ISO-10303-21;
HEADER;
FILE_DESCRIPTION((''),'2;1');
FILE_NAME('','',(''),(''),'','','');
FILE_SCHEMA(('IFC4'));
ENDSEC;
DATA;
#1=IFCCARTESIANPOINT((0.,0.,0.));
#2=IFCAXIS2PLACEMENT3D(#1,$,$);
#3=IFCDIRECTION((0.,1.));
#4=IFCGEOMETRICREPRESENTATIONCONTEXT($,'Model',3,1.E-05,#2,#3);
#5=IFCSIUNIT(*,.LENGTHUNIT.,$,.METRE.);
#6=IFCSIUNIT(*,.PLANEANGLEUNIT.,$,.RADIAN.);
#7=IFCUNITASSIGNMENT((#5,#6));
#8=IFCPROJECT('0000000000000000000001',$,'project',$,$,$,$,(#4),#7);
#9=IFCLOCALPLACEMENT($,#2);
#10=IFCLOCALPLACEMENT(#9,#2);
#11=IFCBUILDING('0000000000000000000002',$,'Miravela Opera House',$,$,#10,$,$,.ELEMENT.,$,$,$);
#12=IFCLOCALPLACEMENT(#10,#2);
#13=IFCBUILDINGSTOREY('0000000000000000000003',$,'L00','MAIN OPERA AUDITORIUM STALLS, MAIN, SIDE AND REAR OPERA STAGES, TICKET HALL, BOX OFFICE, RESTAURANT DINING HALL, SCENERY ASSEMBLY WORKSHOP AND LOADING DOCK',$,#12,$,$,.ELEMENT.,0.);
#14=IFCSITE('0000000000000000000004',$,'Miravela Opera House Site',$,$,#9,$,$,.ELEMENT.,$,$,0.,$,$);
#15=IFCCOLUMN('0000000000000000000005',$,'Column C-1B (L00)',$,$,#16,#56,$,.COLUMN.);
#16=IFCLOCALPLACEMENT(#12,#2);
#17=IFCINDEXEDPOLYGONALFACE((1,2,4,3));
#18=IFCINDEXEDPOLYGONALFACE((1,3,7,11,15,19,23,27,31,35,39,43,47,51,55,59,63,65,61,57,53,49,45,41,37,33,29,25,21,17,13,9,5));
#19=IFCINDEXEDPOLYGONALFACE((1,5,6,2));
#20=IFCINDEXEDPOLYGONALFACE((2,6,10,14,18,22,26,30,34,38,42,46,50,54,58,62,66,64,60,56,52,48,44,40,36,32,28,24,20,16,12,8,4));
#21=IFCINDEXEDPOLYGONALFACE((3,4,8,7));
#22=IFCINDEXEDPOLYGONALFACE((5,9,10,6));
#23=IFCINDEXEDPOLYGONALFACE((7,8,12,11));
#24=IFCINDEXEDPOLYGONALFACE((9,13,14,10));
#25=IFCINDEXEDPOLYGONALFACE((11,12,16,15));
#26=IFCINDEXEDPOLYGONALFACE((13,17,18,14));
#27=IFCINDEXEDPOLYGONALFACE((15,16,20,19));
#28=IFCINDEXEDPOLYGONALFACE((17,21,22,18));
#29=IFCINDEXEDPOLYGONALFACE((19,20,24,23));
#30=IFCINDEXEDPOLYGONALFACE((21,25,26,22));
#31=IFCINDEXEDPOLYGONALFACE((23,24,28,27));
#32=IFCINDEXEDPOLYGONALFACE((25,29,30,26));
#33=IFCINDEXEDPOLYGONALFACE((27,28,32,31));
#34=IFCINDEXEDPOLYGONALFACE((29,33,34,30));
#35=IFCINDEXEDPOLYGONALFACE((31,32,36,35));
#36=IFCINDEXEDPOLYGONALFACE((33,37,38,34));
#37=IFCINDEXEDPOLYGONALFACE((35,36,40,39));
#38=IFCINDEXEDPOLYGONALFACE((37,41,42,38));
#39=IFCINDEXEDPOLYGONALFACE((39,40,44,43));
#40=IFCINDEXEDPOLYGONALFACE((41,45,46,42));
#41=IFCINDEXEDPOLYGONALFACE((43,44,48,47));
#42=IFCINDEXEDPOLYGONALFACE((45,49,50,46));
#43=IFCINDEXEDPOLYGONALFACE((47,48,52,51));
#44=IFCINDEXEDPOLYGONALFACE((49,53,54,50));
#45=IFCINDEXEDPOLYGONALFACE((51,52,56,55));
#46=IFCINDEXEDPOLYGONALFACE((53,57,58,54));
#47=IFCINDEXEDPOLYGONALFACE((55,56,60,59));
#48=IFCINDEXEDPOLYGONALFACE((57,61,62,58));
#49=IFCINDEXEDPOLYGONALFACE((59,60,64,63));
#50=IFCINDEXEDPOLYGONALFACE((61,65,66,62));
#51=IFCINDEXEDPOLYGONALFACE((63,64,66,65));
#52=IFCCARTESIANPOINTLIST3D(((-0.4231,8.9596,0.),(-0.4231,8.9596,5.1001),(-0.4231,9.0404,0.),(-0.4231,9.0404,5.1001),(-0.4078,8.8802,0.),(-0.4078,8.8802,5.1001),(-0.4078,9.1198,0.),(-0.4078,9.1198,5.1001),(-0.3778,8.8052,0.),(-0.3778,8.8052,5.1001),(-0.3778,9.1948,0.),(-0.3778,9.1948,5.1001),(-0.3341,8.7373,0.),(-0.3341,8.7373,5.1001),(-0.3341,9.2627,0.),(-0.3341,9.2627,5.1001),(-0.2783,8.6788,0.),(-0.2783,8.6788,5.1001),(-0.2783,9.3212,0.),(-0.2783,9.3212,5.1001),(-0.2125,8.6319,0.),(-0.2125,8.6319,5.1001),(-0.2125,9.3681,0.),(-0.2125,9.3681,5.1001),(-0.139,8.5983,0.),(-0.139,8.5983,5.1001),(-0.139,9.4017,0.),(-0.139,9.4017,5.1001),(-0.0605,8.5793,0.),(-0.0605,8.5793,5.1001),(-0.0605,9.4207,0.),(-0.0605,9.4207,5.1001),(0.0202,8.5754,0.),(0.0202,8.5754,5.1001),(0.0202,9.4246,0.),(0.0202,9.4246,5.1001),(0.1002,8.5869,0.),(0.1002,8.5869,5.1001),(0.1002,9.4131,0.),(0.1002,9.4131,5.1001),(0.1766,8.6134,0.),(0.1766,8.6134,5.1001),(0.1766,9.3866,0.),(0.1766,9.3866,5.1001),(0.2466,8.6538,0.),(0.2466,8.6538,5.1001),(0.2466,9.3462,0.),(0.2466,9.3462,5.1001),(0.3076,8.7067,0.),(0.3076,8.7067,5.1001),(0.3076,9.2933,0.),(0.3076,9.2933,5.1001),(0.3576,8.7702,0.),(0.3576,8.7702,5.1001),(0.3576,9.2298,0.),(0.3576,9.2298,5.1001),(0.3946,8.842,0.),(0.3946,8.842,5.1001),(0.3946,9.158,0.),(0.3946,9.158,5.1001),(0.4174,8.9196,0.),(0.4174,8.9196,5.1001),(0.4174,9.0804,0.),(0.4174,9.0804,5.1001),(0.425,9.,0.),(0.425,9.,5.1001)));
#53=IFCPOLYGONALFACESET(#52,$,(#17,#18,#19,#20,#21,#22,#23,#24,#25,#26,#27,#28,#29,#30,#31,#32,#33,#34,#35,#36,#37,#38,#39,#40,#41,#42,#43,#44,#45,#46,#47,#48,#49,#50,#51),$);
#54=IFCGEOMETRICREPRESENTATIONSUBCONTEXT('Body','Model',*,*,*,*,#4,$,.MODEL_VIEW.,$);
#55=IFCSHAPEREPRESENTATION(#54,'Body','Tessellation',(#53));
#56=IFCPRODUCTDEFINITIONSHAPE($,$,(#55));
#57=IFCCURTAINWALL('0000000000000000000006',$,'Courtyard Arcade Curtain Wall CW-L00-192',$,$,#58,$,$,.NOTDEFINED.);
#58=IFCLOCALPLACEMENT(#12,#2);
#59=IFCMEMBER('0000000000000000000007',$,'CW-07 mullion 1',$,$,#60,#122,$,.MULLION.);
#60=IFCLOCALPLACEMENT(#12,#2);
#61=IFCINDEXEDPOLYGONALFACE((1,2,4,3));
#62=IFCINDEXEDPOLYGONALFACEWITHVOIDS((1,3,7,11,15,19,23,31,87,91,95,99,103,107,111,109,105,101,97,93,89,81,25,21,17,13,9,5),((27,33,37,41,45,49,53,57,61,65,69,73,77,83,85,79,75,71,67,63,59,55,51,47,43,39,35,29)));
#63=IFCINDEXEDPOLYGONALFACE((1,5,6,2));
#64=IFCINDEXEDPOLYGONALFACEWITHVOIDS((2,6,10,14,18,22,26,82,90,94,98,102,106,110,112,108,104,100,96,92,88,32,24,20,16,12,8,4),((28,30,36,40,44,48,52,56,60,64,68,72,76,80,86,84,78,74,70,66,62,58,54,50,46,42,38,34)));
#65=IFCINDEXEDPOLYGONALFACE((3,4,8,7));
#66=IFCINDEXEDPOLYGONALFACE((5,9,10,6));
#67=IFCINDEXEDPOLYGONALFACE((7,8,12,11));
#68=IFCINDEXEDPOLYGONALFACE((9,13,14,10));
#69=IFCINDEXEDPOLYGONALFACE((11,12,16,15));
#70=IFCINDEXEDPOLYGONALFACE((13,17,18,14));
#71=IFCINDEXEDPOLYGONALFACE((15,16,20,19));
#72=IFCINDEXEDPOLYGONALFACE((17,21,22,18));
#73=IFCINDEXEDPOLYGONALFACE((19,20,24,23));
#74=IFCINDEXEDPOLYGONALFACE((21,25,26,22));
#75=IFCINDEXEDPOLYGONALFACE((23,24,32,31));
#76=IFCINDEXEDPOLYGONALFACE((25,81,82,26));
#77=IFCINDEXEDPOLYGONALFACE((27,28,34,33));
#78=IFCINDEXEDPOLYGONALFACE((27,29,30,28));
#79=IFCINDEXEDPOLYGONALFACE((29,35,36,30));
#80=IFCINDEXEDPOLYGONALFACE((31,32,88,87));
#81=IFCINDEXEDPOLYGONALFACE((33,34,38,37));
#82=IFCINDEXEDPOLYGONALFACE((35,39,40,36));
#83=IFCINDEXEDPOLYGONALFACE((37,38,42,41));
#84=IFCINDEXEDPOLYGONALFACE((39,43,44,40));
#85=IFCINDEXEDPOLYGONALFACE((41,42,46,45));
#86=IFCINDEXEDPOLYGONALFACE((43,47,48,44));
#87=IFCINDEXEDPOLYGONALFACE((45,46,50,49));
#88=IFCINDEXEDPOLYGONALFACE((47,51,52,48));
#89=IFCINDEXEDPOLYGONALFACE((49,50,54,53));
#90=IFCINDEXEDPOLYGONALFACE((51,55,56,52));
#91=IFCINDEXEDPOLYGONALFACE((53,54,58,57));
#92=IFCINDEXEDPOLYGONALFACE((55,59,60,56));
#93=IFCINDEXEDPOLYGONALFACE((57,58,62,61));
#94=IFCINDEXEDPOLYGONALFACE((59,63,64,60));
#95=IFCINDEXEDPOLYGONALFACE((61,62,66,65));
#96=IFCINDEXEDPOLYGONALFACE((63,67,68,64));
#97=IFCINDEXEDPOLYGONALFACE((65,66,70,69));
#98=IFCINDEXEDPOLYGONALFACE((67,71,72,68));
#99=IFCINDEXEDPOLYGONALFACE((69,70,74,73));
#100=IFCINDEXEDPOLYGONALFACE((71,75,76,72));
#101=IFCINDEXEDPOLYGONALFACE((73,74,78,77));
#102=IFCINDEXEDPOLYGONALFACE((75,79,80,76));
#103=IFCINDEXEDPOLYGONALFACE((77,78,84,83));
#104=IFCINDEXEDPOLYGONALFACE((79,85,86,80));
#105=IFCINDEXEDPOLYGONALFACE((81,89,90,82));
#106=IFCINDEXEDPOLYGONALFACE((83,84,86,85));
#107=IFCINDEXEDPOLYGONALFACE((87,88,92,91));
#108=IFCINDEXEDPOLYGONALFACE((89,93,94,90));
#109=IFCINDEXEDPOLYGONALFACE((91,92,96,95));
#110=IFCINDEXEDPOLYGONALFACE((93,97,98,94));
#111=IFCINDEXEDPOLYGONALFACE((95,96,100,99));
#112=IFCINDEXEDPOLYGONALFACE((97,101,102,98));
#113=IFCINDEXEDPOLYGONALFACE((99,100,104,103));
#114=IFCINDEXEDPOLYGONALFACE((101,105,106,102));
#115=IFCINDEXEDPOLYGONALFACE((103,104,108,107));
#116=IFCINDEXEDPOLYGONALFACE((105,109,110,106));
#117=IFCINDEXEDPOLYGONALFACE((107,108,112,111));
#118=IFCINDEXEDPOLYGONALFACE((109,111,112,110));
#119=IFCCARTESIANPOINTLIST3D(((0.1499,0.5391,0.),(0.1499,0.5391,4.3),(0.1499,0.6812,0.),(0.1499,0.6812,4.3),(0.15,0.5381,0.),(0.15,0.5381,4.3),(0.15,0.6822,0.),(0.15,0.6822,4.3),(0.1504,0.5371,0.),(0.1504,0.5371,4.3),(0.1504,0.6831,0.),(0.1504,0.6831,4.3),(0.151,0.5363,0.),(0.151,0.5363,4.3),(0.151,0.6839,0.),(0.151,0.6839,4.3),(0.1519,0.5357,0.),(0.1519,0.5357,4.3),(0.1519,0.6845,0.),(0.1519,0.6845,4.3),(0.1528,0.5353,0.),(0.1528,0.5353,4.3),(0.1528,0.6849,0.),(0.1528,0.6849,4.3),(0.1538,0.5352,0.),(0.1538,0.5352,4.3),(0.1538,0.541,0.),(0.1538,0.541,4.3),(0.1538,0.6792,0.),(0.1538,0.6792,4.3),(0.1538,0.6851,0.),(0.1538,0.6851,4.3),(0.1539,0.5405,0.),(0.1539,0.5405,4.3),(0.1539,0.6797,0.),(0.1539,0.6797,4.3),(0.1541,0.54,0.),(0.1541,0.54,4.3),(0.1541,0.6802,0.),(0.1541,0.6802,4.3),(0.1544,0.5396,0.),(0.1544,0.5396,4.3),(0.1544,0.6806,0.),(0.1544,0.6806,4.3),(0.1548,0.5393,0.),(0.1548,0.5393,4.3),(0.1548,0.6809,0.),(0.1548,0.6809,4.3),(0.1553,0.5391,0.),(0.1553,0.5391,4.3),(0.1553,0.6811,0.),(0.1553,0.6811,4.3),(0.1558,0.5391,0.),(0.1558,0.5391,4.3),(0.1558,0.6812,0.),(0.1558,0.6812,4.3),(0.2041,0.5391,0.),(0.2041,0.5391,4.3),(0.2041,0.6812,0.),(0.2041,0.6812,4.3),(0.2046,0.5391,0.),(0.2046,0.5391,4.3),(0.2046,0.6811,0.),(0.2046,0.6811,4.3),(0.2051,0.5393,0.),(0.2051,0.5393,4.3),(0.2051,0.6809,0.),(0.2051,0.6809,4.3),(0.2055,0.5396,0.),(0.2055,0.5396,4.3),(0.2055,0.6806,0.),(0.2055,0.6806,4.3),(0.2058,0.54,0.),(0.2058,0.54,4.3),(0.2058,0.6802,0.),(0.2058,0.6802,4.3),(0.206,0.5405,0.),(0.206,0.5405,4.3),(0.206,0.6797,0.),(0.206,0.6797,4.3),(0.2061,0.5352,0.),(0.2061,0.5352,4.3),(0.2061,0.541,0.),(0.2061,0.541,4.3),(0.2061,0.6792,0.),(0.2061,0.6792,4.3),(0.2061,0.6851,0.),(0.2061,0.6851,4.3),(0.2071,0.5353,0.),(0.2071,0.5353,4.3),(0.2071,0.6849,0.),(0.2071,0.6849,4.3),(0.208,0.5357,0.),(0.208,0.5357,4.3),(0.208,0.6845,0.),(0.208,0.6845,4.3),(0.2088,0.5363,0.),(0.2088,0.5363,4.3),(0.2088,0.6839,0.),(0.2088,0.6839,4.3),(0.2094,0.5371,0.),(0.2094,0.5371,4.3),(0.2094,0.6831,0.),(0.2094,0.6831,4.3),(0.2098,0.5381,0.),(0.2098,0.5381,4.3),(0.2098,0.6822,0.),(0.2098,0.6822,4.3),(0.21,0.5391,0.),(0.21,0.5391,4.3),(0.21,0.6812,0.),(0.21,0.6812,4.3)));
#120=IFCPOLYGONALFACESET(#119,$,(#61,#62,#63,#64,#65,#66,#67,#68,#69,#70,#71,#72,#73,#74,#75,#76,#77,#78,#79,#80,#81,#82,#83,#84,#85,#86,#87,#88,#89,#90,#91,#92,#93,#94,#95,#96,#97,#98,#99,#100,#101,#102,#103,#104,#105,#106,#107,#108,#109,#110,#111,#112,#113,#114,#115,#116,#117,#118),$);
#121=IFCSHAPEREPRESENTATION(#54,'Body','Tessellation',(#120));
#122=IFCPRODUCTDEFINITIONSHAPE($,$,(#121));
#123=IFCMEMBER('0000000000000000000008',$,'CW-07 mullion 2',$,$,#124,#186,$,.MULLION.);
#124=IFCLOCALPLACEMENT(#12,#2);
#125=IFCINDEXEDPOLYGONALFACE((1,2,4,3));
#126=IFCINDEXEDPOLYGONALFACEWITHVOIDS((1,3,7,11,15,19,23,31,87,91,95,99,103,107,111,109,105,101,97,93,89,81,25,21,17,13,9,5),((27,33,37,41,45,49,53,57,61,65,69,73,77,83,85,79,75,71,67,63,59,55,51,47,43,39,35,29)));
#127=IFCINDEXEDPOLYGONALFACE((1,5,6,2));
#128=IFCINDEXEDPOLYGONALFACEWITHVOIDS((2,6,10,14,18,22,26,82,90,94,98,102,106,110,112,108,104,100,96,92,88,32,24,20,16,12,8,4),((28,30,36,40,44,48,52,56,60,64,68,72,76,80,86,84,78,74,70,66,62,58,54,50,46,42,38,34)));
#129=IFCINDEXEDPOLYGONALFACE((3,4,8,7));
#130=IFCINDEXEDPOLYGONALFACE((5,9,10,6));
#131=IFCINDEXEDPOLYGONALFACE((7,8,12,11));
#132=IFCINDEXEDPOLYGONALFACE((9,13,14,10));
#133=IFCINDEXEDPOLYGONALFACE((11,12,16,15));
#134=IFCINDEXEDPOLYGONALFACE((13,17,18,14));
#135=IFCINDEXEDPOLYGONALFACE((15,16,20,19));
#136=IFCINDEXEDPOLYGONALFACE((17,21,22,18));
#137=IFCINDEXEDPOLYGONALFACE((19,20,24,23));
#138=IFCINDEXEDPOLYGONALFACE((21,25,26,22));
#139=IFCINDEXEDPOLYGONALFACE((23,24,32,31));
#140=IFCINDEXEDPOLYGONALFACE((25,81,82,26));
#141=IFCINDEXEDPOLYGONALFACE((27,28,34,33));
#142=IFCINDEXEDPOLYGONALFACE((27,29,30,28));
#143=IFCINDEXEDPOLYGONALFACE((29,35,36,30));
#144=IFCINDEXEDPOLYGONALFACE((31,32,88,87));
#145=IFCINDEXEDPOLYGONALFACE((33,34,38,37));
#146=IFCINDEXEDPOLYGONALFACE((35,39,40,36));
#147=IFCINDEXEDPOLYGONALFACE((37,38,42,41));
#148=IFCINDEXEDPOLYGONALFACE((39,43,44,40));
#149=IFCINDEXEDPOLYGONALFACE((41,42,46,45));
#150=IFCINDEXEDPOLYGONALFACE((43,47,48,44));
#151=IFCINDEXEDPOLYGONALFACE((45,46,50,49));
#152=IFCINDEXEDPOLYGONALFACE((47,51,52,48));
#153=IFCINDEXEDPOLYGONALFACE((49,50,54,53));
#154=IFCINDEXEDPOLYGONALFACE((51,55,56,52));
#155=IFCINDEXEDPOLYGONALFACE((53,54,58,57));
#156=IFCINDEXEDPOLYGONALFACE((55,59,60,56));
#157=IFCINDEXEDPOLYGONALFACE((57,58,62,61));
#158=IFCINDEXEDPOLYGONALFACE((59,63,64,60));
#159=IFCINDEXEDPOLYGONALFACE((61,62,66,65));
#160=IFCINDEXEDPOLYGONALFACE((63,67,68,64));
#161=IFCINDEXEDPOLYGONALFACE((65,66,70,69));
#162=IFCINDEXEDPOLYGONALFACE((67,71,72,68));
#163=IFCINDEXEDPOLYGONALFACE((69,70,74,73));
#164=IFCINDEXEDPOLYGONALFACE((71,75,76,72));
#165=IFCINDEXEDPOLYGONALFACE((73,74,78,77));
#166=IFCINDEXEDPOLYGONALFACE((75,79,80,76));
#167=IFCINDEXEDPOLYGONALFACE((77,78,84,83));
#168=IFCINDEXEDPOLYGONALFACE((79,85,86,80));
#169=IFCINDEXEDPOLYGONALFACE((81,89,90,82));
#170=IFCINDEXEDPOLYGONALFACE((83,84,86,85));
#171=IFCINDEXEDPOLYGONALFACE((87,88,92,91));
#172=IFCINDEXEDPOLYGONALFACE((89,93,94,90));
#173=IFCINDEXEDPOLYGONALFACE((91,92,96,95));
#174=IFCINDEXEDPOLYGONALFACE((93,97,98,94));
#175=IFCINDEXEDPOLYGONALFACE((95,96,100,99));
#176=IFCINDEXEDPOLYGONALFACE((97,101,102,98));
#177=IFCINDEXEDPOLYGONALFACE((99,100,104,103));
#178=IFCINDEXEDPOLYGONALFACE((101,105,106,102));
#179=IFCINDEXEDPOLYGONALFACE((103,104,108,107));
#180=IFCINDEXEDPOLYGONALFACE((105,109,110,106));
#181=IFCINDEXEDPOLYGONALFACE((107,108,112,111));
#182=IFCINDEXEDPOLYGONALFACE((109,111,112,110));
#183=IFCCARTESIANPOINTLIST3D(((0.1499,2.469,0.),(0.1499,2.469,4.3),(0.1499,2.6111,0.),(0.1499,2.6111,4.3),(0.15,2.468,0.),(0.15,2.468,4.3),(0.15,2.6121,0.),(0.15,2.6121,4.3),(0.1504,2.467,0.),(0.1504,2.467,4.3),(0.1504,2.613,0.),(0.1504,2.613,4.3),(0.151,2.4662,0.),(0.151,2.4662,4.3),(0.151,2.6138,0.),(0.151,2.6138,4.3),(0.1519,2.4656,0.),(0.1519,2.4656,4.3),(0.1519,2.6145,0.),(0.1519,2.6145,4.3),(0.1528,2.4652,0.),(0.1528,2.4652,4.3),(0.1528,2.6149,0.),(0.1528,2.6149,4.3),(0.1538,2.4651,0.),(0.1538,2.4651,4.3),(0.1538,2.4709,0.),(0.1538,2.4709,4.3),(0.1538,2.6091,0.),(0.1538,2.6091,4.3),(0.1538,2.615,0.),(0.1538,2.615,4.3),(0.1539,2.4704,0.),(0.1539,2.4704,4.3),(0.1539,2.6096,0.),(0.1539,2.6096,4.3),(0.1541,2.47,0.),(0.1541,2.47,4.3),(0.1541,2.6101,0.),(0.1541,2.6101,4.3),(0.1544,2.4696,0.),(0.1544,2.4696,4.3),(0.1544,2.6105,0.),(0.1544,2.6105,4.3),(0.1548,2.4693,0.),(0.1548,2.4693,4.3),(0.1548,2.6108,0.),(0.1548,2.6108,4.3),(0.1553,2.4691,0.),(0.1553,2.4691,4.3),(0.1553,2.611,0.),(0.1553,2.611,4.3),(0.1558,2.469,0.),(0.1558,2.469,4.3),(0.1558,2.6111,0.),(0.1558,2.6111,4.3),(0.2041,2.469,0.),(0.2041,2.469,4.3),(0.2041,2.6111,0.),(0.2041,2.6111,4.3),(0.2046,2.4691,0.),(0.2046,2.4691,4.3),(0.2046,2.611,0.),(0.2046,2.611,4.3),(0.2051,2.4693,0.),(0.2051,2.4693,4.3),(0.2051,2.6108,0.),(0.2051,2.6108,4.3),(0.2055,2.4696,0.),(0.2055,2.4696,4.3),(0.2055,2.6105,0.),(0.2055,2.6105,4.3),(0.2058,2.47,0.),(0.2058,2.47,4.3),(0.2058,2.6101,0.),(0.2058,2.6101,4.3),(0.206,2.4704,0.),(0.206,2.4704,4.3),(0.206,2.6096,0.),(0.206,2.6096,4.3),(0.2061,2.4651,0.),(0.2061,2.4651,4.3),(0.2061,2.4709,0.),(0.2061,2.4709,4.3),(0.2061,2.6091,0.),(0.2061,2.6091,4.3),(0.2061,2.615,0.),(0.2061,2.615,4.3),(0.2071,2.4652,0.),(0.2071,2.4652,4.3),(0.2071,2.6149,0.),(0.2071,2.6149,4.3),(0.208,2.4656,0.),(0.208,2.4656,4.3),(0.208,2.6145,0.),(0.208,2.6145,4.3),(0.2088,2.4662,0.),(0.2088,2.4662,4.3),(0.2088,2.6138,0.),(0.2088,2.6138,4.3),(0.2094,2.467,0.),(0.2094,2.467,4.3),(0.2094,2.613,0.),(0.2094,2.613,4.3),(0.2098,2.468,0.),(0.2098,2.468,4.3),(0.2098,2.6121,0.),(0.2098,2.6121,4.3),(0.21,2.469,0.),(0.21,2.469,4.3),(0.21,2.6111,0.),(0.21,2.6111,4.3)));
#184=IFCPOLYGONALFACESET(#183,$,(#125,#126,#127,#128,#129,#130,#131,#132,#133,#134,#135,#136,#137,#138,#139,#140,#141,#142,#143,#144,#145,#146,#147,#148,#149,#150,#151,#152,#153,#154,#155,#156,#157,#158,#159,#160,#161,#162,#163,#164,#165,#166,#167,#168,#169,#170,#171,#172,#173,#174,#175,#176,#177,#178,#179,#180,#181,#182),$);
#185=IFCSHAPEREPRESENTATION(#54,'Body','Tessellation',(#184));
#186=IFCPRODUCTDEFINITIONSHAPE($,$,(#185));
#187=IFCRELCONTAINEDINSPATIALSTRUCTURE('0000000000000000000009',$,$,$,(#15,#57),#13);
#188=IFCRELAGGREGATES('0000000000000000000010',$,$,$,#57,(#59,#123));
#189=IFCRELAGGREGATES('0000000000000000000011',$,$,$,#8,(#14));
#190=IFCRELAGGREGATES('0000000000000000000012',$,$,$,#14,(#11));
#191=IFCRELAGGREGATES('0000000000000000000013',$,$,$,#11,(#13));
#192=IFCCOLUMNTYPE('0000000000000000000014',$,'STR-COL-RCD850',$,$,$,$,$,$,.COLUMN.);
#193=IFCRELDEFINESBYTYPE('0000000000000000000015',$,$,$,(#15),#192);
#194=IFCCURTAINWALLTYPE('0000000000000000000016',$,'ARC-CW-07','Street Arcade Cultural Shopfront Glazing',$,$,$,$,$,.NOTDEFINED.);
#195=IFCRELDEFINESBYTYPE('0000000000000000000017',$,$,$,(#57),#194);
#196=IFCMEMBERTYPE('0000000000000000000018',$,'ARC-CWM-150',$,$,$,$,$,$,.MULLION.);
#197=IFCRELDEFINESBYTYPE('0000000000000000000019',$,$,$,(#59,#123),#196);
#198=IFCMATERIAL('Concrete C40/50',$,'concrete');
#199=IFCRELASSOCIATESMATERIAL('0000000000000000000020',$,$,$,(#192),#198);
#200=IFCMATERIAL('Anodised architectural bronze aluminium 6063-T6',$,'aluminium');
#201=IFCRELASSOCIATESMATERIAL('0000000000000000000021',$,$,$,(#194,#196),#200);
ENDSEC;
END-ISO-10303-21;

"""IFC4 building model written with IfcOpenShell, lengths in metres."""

from ifc_helpers import new_model, si_unit, direction, frame, origin, origin_2d, place, context, subcontext, project, spatial, hollow_rectangle, circle, extrude, material, material_profile, profile_set, type_object, element, aggregate, save


model = new_model("IFC4")

# Units and contexts
model_context = context("Model", 3, precision=1e-05, world=origin(), true_north=direction((0.0, 1.0)))
body_context = subcontext(model_context, "Body", "Model", "MODEL_VIEW")
ifc_project = project(units=[si_unit("LENGTHUNIT", "METRE"), si_unit("PLANEANGLEUNIT", "RADIAN")], contexts=[model_context])

# Site, building, storey
site_placement = place(None, origin())
site = spatial("IfcSite", under=ifc_project, at=site_placement, Name="Miravela Opera House Site", CompositionType="ELEMENT", RefElevation=0.0)
building_placement = place(site_placement, origin())
building = spatial("IfcBuilding", under=site, at=building_placement, Name="Miravela Opera House", CompositionType="ELEMENT")
storey_placement = place(building_placement, origin())
storey = spatial("IfcBuildingStorey", under=building, at=storey_placement, Name="L00", Description="MAIN OPERA AUDITORIUM STALLS, MAIN, SIDE AND REAR OPERA STAGES, TICKET HALL, BOX OFFICE, RESTAURANT DINING HALL, SCENERY ASSEMBLY WORKSHOP AND LOADING DOCK", CompositionType="ELEMENT", Elevation=0.0)

# Column
ifc_material_1 = material(Name="Concrete C40/50", Category="concrete")
ifc_material_profile_1 = material_profile(ifc_material_1, circle(Radius=0.425, at=origin_2d()), Name="RC-COL-D850")
ifc_profile_set_1 = profile_set([ifc_material_profile_1])
column_type = type_object("IfcColumnType", Name="STR-COL-RCD850", PredefinedType="COLUMN", material=ifc_profile_set_1)
column_placement = place(storey_placement, frame((0.0, 9.0, 0.0), z_axis=(0.0, 0.0, 1.0), x_axis=(1.0, 0.0, 0.0)))
element("IfcColumn", 1, at=column_placement, inside=storey, type_object=column_type, Name="Column C-1B (L00)", PredefinedType="COLUMN", context=body_context, shape_type="SweptSolid", body=[
    extrude(circle(Radius=0.425, at=origin_2d()), origin(), (0.0, 0.0, 1.0), 5.1001),
])

# Curtain wall, members
ifc_material_2 = material(Name="Anodised architectural bronze aluminium 6063-T6", Category="aluminium")
curtain_wall_type = type_object("IfcCurtainWallType", Name="ARC-CW-07", Description="Street Arcade Cultural Shopfront Glazing", PredefinedType="NOTDEFINED", material=ifc_material_2)
curtain_wall_placement = place(storey_placement, origin())
curtain_wall = element("IfcCurtainWall", 2, at=curtain_wall_placement, inside=storey, type_object=curtain_wall_type, Name="Courtyard Arcade Curtain Wall CW-L00-192", PredefinedType="NOTDEFINED")
ifc_material_profile_2 = material_profile(ifc_material_2, hollow_rectangle(XDim=0.0601, YDim=0.1499, WallThickness=0.0039, InnerFilletRadius=0.002, OuterFilletRadius=0.0039, at=origin_2d()), Name="CWM-60X150")
ifc_profile_set_2 = profile_set([ifc_material_profile_2])
member_type_1 = type_object("IfcMemberType", Name="ARC-CWM-150", PredefinedType="MULLION", material=ifc_profile_set_2)
member_1_placement = place(storey_placement, frame((0.1799, 0.6101, 0.0), z_axis=(0.0, 0.0, 1.0), x_axis=(-1.0, 0.0, 0.0)))
member_1 = element("IfcMember", 3, at=member_1_placement, type_object=member_type_1, Name="CW-07 mullion 1", PredefinedType="MULLION", context=body_context, shape_type="SweptSolid", body=[
    extrude(hollow_rectangle(XDim=0.0601, YDim=0.1499, WallThickness=0.0039, InnerFilletRadius=0.002, OuterFilletRadius=0.0039, at=origin_2d()), origin(), (0.0, 0.0, 1.0), 4.3),
])
member_2_placement = place(storey_placement, frame((0.1799, 2.54, 0.0), z_axis=(0.0, 0.0, 1.0), x_axis=(-1.0, 0.0, 0.0)))
member_2 = element("IfcMember", 4, at=member_2_placement, type_object=member_type_1, Name="CW-07 mullion 2", PredefinedType="MULLION", context=body_context, shape_type="SweptSolid", body=[
    extrude(hollow_rectangle(XDim=0.0601, YDim=0.1499, WallThickness=0.0039, InnerFilletRadius=0.002, OuterFilletRadius=0.0039, at=origin_2d()), origin(), (0.0, 0.0, 1.0), 4.3),
])

aggregate(curtain_wall, [member_1, member_2])

save(model, "model.ifc")
